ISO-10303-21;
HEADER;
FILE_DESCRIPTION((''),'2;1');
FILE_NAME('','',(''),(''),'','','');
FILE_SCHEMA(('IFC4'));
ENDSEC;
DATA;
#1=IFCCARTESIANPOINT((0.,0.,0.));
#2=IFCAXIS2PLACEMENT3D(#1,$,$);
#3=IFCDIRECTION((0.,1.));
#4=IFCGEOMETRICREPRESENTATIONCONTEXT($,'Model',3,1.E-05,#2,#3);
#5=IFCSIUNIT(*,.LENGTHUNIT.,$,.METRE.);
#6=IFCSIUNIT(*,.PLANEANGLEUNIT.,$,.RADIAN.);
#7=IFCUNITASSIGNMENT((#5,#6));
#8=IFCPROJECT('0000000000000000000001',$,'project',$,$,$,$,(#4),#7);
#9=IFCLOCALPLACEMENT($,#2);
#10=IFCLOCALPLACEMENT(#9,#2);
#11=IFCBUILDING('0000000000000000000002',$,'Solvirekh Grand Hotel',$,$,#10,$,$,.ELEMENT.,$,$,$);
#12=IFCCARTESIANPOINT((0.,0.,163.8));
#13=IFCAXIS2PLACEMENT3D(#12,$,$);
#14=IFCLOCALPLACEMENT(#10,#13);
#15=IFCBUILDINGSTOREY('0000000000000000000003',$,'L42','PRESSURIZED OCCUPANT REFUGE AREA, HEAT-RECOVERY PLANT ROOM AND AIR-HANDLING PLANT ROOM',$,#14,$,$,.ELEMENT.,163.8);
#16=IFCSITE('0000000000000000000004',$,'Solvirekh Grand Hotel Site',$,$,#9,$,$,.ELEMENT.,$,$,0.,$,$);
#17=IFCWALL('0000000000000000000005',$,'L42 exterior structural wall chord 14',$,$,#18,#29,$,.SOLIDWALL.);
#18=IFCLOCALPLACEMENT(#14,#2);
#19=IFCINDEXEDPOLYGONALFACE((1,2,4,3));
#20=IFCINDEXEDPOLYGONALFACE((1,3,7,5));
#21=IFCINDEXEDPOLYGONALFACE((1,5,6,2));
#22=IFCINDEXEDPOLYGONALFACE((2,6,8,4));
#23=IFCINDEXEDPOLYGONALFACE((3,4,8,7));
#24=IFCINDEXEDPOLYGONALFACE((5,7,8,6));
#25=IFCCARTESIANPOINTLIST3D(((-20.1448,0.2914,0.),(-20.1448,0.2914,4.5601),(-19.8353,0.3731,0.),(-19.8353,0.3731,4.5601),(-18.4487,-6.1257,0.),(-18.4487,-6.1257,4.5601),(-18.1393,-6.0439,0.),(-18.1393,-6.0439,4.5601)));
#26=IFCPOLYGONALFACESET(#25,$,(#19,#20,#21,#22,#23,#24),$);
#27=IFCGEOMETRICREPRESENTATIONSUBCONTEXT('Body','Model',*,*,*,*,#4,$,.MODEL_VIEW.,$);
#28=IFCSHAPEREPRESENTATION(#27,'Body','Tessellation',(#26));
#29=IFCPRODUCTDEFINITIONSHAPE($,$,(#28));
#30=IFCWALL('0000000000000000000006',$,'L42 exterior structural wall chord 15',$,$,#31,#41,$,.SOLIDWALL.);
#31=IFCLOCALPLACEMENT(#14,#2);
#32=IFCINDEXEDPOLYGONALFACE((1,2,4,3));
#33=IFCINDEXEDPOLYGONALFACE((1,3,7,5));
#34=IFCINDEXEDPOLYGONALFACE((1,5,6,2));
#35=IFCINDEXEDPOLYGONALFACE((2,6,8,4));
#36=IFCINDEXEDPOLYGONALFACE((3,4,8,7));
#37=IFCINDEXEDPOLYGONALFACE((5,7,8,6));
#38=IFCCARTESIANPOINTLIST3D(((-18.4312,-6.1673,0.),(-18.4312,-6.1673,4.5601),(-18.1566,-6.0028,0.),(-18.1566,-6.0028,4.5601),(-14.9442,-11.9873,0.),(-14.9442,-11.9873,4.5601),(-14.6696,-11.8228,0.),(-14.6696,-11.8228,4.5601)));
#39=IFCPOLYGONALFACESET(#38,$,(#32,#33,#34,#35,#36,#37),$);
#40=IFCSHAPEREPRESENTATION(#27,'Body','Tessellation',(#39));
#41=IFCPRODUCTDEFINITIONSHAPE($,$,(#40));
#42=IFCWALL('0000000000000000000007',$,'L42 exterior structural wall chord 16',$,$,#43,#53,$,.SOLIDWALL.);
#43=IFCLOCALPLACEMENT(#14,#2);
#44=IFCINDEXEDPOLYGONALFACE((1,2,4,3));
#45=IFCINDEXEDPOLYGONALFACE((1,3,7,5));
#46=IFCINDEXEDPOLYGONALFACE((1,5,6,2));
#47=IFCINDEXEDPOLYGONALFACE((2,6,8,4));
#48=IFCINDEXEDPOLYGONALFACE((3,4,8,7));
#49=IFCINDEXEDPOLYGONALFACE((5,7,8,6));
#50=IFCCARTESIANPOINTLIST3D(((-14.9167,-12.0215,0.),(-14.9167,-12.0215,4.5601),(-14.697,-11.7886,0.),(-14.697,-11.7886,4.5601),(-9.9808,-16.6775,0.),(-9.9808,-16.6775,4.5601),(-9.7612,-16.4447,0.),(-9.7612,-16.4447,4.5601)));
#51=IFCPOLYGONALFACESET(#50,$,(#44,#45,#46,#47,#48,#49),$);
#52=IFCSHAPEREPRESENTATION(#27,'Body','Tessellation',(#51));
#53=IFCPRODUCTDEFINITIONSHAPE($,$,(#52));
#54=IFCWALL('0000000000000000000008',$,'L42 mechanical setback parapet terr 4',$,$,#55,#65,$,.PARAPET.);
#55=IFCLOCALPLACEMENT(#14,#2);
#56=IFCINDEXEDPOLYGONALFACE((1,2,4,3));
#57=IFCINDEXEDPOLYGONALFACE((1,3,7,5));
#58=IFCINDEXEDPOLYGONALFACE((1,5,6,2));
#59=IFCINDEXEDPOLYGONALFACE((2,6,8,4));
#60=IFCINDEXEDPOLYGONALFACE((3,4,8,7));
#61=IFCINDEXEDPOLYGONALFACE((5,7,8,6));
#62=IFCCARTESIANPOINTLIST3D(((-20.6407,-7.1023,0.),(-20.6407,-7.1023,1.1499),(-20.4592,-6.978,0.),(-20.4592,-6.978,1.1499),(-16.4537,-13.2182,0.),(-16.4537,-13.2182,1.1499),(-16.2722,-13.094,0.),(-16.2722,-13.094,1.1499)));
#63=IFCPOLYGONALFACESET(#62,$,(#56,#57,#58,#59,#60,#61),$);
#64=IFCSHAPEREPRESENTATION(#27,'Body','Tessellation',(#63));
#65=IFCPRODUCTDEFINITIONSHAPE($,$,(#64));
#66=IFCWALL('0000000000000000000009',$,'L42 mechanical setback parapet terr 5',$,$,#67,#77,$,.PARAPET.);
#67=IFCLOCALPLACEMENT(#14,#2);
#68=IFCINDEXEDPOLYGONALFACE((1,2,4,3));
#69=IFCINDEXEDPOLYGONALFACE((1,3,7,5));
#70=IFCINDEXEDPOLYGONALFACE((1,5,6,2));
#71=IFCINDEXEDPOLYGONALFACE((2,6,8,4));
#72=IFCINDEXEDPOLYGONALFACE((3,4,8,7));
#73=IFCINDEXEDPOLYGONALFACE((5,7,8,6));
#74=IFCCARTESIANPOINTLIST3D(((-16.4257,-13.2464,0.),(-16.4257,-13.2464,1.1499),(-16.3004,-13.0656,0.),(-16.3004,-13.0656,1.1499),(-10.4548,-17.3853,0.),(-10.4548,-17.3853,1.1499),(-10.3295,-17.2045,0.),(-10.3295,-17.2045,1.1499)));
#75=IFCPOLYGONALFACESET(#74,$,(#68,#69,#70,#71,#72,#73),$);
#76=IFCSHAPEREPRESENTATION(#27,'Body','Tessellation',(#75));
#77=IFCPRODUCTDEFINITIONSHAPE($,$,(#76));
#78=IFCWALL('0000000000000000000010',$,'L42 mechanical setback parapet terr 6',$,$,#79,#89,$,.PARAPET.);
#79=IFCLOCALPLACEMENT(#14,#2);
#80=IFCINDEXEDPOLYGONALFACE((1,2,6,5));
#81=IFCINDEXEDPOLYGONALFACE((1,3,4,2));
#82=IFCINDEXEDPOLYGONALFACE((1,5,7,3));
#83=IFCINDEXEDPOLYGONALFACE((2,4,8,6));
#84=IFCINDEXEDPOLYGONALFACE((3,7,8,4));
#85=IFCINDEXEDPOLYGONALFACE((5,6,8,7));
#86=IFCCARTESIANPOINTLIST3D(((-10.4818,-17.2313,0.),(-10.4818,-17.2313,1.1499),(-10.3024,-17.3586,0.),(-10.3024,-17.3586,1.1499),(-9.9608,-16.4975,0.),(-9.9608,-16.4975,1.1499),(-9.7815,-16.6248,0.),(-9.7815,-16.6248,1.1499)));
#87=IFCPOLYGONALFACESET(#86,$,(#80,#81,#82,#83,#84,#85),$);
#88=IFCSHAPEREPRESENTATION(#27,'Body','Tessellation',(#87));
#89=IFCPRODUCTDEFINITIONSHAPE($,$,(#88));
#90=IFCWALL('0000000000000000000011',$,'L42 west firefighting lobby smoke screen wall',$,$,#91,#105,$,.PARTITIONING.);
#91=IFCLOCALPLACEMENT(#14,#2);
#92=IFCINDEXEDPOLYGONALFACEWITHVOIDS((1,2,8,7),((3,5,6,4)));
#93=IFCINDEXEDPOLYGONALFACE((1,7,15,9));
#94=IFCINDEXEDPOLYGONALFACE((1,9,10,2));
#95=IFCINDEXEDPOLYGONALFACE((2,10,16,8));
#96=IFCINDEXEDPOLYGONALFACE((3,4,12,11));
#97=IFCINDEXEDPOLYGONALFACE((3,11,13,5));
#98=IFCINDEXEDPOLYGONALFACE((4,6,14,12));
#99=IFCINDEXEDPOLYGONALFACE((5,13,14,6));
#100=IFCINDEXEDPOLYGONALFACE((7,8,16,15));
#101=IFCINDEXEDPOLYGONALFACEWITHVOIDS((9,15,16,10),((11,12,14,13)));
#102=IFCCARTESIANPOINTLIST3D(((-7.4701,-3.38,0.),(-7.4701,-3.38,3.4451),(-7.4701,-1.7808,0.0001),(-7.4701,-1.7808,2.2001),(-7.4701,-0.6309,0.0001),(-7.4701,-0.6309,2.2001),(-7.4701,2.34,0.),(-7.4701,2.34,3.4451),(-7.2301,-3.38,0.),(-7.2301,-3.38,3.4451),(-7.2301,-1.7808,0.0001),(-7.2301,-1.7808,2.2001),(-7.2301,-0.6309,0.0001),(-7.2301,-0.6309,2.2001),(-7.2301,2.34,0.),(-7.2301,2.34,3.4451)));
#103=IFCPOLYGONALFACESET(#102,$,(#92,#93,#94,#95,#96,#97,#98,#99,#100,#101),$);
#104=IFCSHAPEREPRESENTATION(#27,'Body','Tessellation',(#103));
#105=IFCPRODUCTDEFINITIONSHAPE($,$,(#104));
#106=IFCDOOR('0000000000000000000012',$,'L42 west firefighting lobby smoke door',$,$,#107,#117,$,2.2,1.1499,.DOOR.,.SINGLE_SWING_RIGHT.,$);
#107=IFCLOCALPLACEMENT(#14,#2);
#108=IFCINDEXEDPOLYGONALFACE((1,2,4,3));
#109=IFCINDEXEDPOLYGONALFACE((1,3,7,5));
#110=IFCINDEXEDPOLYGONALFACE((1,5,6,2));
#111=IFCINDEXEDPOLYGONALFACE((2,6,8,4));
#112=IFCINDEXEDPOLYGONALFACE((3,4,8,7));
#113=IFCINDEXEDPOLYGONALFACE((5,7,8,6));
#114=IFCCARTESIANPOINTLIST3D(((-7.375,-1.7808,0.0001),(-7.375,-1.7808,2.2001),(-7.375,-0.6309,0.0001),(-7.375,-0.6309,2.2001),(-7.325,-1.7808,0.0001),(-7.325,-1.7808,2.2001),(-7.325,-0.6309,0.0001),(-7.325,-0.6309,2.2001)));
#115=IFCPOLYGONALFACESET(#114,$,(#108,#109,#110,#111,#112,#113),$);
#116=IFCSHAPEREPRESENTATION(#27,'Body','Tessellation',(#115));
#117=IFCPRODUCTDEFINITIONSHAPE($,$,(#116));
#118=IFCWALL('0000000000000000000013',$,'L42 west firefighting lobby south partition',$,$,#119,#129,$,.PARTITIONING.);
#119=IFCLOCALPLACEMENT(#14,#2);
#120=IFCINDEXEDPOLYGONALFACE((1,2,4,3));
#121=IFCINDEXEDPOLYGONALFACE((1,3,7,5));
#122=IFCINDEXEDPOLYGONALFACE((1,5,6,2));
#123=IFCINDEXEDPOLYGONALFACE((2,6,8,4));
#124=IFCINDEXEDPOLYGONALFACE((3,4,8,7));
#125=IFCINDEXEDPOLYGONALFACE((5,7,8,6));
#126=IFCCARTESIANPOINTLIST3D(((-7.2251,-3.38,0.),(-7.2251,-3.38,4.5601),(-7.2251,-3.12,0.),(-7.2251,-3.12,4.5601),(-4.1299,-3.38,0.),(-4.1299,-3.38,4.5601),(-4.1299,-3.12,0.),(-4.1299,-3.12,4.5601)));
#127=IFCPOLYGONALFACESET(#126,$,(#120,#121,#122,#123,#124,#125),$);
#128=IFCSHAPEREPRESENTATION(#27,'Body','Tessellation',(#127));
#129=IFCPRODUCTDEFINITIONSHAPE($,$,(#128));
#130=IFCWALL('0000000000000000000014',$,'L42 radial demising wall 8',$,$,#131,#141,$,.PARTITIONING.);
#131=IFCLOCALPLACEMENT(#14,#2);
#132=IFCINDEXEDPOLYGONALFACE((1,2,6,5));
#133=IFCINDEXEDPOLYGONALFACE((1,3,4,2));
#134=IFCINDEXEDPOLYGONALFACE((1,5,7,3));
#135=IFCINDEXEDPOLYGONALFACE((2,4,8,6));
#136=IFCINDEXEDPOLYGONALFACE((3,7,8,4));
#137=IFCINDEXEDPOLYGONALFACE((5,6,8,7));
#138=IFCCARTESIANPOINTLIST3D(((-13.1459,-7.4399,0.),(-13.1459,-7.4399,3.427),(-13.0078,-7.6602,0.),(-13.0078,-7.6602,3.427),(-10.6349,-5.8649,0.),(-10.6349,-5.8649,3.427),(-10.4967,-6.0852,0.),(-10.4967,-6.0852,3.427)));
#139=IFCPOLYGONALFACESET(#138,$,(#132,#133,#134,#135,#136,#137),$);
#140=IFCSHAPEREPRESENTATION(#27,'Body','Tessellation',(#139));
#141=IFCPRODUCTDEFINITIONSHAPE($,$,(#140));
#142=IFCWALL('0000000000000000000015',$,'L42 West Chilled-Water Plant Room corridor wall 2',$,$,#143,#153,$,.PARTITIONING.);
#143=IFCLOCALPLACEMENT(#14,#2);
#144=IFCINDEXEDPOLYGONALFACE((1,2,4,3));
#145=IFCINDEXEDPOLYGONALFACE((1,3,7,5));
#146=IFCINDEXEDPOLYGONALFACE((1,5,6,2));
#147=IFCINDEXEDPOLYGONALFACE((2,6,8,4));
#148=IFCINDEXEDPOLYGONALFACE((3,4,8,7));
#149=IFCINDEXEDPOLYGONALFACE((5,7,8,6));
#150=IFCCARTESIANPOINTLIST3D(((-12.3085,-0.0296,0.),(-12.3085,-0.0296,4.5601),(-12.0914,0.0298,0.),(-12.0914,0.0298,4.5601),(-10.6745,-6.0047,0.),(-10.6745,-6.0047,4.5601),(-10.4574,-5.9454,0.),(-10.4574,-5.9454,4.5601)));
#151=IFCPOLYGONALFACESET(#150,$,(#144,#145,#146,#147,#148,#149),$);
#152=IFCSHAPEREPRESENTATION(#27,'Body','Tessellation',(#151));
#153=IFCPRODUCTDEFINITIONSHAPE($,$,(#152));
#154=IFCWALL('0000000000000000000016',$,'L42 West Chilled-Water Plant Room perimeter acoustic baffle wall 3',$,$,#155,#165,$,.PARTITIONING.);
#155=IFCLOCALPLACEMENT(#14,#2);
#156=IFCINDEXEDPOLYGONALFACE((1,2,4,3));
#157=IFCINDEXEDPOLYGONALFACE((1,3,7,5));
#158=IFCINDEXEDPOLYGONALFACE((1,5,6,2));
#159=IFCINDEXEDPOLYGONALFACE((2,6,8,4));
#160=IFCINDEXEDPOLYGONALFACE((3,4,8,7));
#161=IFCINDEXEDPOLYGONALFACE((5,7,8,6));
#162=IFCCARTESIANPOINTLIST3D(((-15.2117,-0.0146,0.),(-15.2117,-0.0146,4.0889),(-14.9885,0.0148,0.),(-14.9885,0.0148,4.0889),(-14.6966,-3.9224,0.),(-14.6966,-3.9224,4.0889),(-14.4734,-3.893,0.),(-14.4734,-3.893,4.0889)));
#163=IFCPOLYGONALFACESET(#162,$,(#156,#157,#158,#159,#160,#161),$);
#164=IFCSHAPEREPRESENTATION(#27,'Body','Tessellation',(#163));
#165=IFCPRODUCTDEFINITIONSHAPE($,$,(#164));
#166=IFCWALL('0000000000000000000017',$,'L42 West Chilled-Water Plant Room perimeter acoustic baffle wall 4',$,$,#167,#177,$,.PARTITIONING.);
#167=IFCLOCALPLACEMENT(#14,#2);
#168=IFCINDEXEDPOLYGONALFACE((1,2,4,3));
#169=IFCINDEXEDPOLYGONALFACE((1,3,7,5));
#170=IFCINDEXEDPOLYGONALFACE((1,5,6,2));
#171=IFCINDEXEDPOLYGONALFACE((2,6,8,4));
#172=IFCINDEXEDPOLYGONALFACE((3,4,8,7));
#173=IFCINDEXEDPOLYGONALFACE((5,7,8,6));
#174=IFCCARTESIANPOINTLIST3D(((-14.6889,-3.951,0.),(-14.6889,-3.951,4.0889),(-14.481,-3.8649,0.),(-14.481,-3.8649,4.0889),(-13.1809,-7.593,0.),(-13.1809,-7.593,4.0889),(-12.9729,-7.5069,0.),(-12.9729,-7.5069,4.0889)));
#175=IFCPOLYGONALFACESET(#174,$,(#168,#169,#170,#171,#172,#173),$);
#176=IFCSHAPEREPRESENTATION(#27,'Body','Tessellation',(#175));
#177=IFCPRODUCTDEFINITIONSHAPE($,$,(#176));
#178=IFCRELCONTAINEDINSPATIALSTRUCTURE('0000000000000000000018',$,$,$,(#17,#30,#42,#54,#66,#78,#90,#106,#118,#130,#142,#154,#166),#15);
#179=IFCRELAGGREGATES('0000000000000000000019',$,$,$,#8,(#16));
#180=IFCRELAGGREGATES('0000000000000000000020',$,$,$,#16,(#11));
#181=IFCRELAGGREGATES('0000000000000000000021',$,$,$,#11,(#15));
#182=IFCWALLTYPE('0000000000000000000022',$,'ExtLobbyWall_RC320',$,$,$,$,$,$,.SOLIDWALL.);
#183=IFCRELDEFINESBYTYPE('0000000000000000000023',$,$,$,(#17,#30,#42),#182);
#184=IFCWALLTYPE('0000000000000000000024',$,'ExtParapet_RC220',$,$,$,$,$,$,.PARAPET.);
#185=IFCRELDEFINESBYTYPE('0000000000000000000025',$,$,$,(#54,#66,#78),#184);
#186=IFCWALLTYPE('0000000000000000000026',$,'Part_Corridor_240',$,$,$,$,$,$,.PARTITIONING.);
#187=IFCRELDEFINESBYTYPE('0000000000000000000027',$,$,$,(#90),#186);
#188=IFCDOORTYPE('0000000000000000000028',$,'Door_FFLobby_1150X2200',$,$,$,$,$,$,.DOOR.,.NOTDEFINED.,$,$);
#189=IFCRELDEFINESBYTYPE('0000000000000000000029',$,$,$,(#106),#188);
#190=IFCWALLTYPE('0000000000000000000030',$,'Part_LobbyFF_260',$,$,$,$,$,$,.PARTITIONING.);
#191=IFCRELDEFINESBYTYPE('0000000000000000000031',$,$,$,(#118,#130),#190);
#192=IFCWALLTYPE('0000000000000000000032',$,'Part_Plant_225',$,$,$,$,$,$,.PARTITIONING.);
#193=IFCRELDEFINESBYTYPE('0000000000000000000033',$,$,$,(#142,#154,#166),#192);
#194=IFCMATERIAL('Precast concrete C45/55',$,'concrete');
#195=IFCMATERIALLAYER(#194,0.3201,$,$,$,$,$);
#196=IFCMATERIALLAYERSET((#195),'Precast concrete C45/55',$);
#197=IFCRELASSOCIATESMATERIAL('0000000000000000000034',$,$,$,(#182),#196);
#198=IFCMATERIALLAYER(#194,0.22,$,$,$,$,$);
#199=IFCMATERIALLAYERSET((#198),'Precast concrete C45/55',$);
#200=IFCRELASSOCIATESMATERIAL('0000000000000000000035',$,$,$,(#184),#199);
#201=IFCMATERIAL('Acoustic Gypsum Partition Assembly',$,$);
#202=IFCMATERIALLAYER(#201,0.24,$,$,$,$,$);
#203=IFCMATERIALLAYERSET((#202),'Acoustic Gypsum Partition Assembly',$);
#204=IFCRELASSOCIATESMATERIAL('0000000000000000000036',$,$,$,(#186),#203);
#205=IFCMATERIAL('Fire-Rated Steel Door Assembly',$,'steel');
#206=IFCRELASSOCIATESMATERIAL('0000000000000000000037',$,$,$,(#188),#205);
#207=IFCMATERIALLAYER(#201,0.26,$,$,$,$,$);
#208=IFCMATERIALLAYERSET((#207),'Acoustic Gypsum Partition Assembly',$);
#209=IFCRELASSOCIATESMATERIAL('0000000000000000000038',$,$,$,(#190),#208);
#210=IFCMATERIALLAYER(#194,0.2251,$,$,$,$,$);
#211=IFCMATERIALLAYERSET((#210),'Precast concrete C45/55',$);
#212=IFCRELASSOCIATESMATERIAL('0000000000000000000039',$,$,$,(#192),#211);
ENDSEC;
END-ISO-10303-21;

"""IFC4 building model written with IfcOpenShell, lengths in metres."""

from ifc_helpers import new_model, si_unit, direction, frame, frame_2d, origin, place, context, subcontext, project, spatial, rectangle, extrude, material, layer, layer_set, type_object, element, fill, save


model = new_model("IFC4")

# Units and contexts
model_context = context("Model", 3, precision=1e-05, world=origin(), true_north=direction((0.0, 1.0)))
body_context = subcontext(model_context, "Body", "Model", "MODEL_VIEW")
ifc_project = project(units=[si_unit("LENGTHUNIT", "METRE"), si_unit("PLANEANGLEUNIT", "RADIAN")], contexts=[model_context])

# Site, building, storey
site_placement = place(None, origin())
site = spatial("IfcSite", under=ifc_project, at=site_placement, Name="Solvirekh Grand Hotel Site", CompositionType="ELEMENT", RefElevation=0.0)
building_placement = place(site_placement, origin())
building = spatial("IfcBuilding", under=site, at=building_placement, Name="Solvirekh Grand Hotel", CompositionType="ELEMENT")
storey_placement = place(building_placement, frame((0.0, 0.0, 163.8)))
storey = spatial("IfcBuildingStorey", under=building, at=storey_placement, Name="L42", Description="PRESSURIZED OCCUPANT REFUGE AREA, HEAT-RECOVERY PLANT ROOM AND AIR-HANDLING PLANT ROOM", CompositionType="ELEMENT", Elevation=163.8)

# Walls
ifc_material_1 = material(Name="Precast concrete C45/55", Category="concrete")
ifc_layer_1 = layer(ifc_material_1, 0.3201)
ifc_layer_set_1 = layer_set([ifc_layer_1], Name="Precast concrete C45/55")
wall_type_1 = type_object("IfcWallType", Name="ExtLobbyWall_RC320", PredefinedType="SOLIDWALL", material=ifc_layer_set_1)
wall_1_placement = place(storey_placement, frame((-18.2939, -6.085, 0.0), z_axis=(0.0, 0.0, 1.0), x_axis=(-0.255531, 0.966801, 0.0)))
element("IfcWall", 1, at=wall_1_placement, inside=storey, type_object=wall_type_1, Name="L42 exterior structural wall chord 14", PredefinedType="SOLIDWALL", context=body_context, shape_type="SweptSolid", body=[
    extrude(rectangle(XDim=6.6375, YDim=0.3201, at=frame_2d((3.3188, 0.0))), origin(), (0.0, 0.0, 1.0), 4.5601),
])
wall_2_placement = place(storey_placement, frame((-14.8069, -11.905, 0.0), z_axis=(0.0, 0.0, 1.0), x_axis=(-0.513956, 0.857817, 0.0)))
element("IfcWall", 2, at=wall_2_placement, inside=storey, type_object=wall_type_1, Name="L42 exterior structural wall chord 15", PredefinedType="SOLIDWALL", context=body_context, shape_type="SweptSolid", body=[
    extrude(rectangle(XDim=6.7847, YDim=0.3201, at=frame_2d((3.3923, 0.0))), origin(), (0.0, 0.0, 1.0), 4.5601),
])
wall_3_placement = place(storey_placement, frame((-9.8711, -16.561, 0.0), z_axis=(0.0, 0.0, 1.0), x_axis=(-0.727423, 0.686189, 0.0)))
element("IfcWall", 3, at=wall_3_placement, inside=storey, type_object=wall_type_1, Name="L42 exterior structural wall chord 16", PredefinedType="SOLIDWALL", context=body_context, shape_type="SweptSolid", body=[
    extrude(rectangle(XDim=6.7854, YDim=0.3201, at=frame_2d((3.3926, 0.0))), origin(), (0.0, 0.0, 1.0), 4.5601),
])
ifc_layer_2 = layer(ifc_material_1, 0.22)
ifc_layer_set_2 = layer_set([ifc_layer_2], Name="Precast concrete C45/55")
wall_type_2 = type_object("IfcWallType", Name="ExtParapet_RC220", PredefinedType="PARAPET", material=ifc_layer_set_2)
wall_4_placement = place(storey_placement, frame((-20.55, -7.04, 0.0), z_axis=(0.0, 0.0, 1.0), x_axis=(0.564905, -0.825156, 0.0)))
element("IfcWall", 4, at=wall_4_placement, inside=storey, type_object=wall_type_2, Name="L42 mechanical setback parapet terr 4", PredefinedType="PARAPET", context=body_context, shape_type="SweptSolid", body=[
    extrude(rectangle(XDim=7.4119, YDim=0.22, at=frame_2d((3.7061, 0.0))), origin(), (0.0, 0.0, 1.0), 1.1499),
])
wall_5_placement = place(storey_placement, frame((-16.363, -13.156, 0.0), z_axis=(0.0, 0.0, 1.0), x_axis=(0.821858, -0.569692, 0.0)))
element("IfcWall", 5, at=wall_5_placement, inside=storey, type_object=wall_type_2, Name="L42 mechanical setback parapet terr 5", PredefinedType="PARAPET", context=body_context, shape_type="SweptSolid", body=[
    extrude(rectangle(XDim=7.2651, YDim=0.22, at=frame_2d((3.6326, 0.0))), origin(), (0.0, 0.0, 1.0), 1.1499),
])
wall_6_placement = place(storey_placement, frame((-10.3921, -17.2949, 0.0), z_axis=(0.0, 0.0, 1.0), x_axis=(0.578875, 0.815416, 0.0)))
element("IfcWall", 6, at=wall_6_placement, inside=storey, type_object=wall_type_2, Name="L42 mechanical setback parapet terr 6", PredefinedType="PARAPET", context=body_context, shape_type="SweptSolid", body=[
    extrude(rectangle(XDim=0.8999, YDim=0.22, at=frame_2d((0.45, 0.0))), origin(), (0.0, 0.0, 1.0), 1.1499),
])

# Wall, opening, door
ifc_material_2 = material(Name="Acoustic Gypsum Partition Assembly")
ifc_layer_3 = layer(ifc_material_2, 0.24)
ifc_layer_set_3 = layer_set([ifc_layer_3], Name="Acoustic Gypsum Partition Assembly")
wall_type_3 = type_object("IfcWallType", Name="Part_Corridor_240", PredefinedType="PARTITIONING", material=ifc_layer_set_3)
wall_7_placement = place(storey_placement, frame((-7.3501, -3.3799, 0.0), z_axis=(0.0, 0.0, 1.0), x_axis=(0.0, 1.0, 0.0)))
wall_7 = element("IfcWall", 7, at=wall_7_placement, inside=storey, type_object=wall_type_3, Name="L42 west firefighting lobby smoke screen wall", PredefinedType="PARTITIONING", context=body_context, shape_type="SweptSolid", body=[
    extrude(rectangle(XDim=5.72, YDim=0.24, at=frame_2d((2.8599, 0.0))), origin(), (0.0, 0.0, 1.0), 3.4451),
])
opening_placement = place(wall_7_placement, frame((1.5991, 0.0, 0.0)))
opening = element("IfcOpeningElement", 8, at=opening_placement, cuts=wall_7, PredefinedType="OPENING", context=body_context, shape_type="SweptSolid", body=[
    extrude(rectangle(XDim=1.1499, YDim=2.2, at=frame_2d((0.575, 1.1001))), frame((0.0, 0.1299, 0.0), z_axis=(0.0, -1.0, 0.0), x_axis=(1.0, 0.0, 0.0)), (0.0, 0.0, 1.0), 0.26),
])
ifc_material_3 = material(Name="Fire-Rated Steel Door Assembly", Category="steel")
door_type = type_object("IfcDoorType", Name="Door_FFLobby_1150X2200", OperationType="NOTDEFINED", PredefinedType="DOOR", material=ifc_material_3)
door_placement = place(opening_placement, origin())
door = element("IfcDoor", 9, at=door_placement, inside=storey, type_object=door_type, Name="L42 west firefighting lobby smoke door", OperationType="SINGLE_SWING_RIGHT", OverallHeight=2.2, OverallWidth=1.1499, PredefinedType="DOOR", context=body_context, shape_type="SweptSolid", body=[
    extrude(rectangle(XDim=1.1499, YDim=2.2, at=frame_2d((0.575, 1.1001))), frame((0.0, 0.0249, 0.0), z_axis=(0.0, -1.0, 0.0), x_axis=(1.0, 0.0, 0.0)), (0.0, 0.0, 1.0), 0.05),
])
fill(opening, door)

# Walls
ifc_layer_4 = layer(ifc_material_2, 0.26)
ifc_layer_set_4 = layer_set([ifc_layer_4], Name="Acoustic Gypsum Partition Assembly")
wall_type_4 = type_object("IfcWallType", Name="Part_LobbyFF_260", PredefinedType="PARTITIONING", material=ifc_layer_set_4)
wall_8_placement = place(storey_placement, frame((-7.2251, -3.25, 0.0), z_axis=(0.0, 0.0, 1.0), x_axis=(1.0, 0.0, 0.0)))
element("IfcWall", 10, at=wall_8_placement, inside=storey, type_object=wall_type_4, Name="L42 west firefighting lobby south partition", PredefinedType="PARTITIONING", context=body_context, shape_type="SweptSolid", body=[
    extrude(rectangle(XDim=3.0952, YDim=0.26, at=frame_2d((1.5476, 0.0))), origin(), (0.0, 0.0, 1.0), 4.5601),
])
wall_9_placement = place(storey_placement, frame((-10.5659, -5.9751, 0.0), z_axis=(0.0, 0.0, 1.0), x_axis=(-0.84715, -0.531353, 0.0)))
element("IfcWall", 11, at=wall_9_placement, inside=storey, type_object=wall_type_4, Name="L42 radial demising wall 8", PredefinedType="PARTITIONING", context=body_context, shape_type="SweptSolid", body=[
    extrude(rectangle(XDim=2.9641, YDim=0.26, at=frame_2d((1.4819, 0.0))), origin(), (0.0, 0.0, 1.0), 3.427),
])
ifc_layer_5 = layer(ifc_material_1, 0.2251)
ifc_layer_set_5 = layer_set([ifc_layer_5], Name="Precast concrete C45/55")
wall_type_5 = type_object("IfcWallType", Name="Part_Plant_225", PredefinedType="PARTITIONING", material=ifc_layer_set_5)
wall_10_placement = place(storey_placement, frame((-12.2, 0.0, 0.0), z_axis=(0.0, 0.0, 1.0), x_axis=(0.263788, -0.964581, 0.0)))
element("IfcWall", 12, at=wall_10_placement, inside=storey, type_object=wall_type_5, Name="L42 West Chilled-Water Plant Room corridor wall 2", PredefinedType="PARTITIONING", context=body_context, shape_type="SweptSolid", body=[
    extrude(rectangle(XDim=6.1946, YDim=0.2251, at=frame_2d((3.0972, 0.0))), origin(), (0.0, 0.0, 1.0), 4.5601),
])
wall_11_placement = place(storey_placement, frame((-15.1001, 0.0, 0.0), z_axis=(0.0, 0.0, 1.0), x_axis=(0.130687, -0.991424, 0.0)))
element("IfcWall", 13, at=wall_11_placement, inside=storey, type_object=wall_type_5, Name="L42 West Chilled-Water Plant Room perimeter acoustic baffle wall 3", PredefinedType="PARTITIONING", context=body_context, shape_type="SweptSolid", body=[
    extrude(rectangle(XDim=3.9417, YDim=0.2251, at=frame_2d((1.9707, 0.0))), origin(), (0.0, 0.0, 1.0), 4.0889),
])
wall_12_placement = place(storey_placement, frame((-14.585, -3.908, 0.0), z_axis=(0.0, 0.0, 1.0), x_axis=(0.382565, -0.923929, 0.0)))
element("IfcWall", 14, at=wall_12_placement, inside=storey, type_object=wall_type_5, Name="L42 West Chilled-Water Plant Room perimeter acoustic baffle wall 4", PredefinedType="PARTITIONING", context=body_context, shape_type="SweptSolid", body=[
    extrude(rectangle(XDim=3.9419, YDim=0.2251, at=frame_2d((1.9709, 0.0))), origin(), (0.0, 0.0, 1.0), 4.0889),
])

save(model, "model.ifc")
